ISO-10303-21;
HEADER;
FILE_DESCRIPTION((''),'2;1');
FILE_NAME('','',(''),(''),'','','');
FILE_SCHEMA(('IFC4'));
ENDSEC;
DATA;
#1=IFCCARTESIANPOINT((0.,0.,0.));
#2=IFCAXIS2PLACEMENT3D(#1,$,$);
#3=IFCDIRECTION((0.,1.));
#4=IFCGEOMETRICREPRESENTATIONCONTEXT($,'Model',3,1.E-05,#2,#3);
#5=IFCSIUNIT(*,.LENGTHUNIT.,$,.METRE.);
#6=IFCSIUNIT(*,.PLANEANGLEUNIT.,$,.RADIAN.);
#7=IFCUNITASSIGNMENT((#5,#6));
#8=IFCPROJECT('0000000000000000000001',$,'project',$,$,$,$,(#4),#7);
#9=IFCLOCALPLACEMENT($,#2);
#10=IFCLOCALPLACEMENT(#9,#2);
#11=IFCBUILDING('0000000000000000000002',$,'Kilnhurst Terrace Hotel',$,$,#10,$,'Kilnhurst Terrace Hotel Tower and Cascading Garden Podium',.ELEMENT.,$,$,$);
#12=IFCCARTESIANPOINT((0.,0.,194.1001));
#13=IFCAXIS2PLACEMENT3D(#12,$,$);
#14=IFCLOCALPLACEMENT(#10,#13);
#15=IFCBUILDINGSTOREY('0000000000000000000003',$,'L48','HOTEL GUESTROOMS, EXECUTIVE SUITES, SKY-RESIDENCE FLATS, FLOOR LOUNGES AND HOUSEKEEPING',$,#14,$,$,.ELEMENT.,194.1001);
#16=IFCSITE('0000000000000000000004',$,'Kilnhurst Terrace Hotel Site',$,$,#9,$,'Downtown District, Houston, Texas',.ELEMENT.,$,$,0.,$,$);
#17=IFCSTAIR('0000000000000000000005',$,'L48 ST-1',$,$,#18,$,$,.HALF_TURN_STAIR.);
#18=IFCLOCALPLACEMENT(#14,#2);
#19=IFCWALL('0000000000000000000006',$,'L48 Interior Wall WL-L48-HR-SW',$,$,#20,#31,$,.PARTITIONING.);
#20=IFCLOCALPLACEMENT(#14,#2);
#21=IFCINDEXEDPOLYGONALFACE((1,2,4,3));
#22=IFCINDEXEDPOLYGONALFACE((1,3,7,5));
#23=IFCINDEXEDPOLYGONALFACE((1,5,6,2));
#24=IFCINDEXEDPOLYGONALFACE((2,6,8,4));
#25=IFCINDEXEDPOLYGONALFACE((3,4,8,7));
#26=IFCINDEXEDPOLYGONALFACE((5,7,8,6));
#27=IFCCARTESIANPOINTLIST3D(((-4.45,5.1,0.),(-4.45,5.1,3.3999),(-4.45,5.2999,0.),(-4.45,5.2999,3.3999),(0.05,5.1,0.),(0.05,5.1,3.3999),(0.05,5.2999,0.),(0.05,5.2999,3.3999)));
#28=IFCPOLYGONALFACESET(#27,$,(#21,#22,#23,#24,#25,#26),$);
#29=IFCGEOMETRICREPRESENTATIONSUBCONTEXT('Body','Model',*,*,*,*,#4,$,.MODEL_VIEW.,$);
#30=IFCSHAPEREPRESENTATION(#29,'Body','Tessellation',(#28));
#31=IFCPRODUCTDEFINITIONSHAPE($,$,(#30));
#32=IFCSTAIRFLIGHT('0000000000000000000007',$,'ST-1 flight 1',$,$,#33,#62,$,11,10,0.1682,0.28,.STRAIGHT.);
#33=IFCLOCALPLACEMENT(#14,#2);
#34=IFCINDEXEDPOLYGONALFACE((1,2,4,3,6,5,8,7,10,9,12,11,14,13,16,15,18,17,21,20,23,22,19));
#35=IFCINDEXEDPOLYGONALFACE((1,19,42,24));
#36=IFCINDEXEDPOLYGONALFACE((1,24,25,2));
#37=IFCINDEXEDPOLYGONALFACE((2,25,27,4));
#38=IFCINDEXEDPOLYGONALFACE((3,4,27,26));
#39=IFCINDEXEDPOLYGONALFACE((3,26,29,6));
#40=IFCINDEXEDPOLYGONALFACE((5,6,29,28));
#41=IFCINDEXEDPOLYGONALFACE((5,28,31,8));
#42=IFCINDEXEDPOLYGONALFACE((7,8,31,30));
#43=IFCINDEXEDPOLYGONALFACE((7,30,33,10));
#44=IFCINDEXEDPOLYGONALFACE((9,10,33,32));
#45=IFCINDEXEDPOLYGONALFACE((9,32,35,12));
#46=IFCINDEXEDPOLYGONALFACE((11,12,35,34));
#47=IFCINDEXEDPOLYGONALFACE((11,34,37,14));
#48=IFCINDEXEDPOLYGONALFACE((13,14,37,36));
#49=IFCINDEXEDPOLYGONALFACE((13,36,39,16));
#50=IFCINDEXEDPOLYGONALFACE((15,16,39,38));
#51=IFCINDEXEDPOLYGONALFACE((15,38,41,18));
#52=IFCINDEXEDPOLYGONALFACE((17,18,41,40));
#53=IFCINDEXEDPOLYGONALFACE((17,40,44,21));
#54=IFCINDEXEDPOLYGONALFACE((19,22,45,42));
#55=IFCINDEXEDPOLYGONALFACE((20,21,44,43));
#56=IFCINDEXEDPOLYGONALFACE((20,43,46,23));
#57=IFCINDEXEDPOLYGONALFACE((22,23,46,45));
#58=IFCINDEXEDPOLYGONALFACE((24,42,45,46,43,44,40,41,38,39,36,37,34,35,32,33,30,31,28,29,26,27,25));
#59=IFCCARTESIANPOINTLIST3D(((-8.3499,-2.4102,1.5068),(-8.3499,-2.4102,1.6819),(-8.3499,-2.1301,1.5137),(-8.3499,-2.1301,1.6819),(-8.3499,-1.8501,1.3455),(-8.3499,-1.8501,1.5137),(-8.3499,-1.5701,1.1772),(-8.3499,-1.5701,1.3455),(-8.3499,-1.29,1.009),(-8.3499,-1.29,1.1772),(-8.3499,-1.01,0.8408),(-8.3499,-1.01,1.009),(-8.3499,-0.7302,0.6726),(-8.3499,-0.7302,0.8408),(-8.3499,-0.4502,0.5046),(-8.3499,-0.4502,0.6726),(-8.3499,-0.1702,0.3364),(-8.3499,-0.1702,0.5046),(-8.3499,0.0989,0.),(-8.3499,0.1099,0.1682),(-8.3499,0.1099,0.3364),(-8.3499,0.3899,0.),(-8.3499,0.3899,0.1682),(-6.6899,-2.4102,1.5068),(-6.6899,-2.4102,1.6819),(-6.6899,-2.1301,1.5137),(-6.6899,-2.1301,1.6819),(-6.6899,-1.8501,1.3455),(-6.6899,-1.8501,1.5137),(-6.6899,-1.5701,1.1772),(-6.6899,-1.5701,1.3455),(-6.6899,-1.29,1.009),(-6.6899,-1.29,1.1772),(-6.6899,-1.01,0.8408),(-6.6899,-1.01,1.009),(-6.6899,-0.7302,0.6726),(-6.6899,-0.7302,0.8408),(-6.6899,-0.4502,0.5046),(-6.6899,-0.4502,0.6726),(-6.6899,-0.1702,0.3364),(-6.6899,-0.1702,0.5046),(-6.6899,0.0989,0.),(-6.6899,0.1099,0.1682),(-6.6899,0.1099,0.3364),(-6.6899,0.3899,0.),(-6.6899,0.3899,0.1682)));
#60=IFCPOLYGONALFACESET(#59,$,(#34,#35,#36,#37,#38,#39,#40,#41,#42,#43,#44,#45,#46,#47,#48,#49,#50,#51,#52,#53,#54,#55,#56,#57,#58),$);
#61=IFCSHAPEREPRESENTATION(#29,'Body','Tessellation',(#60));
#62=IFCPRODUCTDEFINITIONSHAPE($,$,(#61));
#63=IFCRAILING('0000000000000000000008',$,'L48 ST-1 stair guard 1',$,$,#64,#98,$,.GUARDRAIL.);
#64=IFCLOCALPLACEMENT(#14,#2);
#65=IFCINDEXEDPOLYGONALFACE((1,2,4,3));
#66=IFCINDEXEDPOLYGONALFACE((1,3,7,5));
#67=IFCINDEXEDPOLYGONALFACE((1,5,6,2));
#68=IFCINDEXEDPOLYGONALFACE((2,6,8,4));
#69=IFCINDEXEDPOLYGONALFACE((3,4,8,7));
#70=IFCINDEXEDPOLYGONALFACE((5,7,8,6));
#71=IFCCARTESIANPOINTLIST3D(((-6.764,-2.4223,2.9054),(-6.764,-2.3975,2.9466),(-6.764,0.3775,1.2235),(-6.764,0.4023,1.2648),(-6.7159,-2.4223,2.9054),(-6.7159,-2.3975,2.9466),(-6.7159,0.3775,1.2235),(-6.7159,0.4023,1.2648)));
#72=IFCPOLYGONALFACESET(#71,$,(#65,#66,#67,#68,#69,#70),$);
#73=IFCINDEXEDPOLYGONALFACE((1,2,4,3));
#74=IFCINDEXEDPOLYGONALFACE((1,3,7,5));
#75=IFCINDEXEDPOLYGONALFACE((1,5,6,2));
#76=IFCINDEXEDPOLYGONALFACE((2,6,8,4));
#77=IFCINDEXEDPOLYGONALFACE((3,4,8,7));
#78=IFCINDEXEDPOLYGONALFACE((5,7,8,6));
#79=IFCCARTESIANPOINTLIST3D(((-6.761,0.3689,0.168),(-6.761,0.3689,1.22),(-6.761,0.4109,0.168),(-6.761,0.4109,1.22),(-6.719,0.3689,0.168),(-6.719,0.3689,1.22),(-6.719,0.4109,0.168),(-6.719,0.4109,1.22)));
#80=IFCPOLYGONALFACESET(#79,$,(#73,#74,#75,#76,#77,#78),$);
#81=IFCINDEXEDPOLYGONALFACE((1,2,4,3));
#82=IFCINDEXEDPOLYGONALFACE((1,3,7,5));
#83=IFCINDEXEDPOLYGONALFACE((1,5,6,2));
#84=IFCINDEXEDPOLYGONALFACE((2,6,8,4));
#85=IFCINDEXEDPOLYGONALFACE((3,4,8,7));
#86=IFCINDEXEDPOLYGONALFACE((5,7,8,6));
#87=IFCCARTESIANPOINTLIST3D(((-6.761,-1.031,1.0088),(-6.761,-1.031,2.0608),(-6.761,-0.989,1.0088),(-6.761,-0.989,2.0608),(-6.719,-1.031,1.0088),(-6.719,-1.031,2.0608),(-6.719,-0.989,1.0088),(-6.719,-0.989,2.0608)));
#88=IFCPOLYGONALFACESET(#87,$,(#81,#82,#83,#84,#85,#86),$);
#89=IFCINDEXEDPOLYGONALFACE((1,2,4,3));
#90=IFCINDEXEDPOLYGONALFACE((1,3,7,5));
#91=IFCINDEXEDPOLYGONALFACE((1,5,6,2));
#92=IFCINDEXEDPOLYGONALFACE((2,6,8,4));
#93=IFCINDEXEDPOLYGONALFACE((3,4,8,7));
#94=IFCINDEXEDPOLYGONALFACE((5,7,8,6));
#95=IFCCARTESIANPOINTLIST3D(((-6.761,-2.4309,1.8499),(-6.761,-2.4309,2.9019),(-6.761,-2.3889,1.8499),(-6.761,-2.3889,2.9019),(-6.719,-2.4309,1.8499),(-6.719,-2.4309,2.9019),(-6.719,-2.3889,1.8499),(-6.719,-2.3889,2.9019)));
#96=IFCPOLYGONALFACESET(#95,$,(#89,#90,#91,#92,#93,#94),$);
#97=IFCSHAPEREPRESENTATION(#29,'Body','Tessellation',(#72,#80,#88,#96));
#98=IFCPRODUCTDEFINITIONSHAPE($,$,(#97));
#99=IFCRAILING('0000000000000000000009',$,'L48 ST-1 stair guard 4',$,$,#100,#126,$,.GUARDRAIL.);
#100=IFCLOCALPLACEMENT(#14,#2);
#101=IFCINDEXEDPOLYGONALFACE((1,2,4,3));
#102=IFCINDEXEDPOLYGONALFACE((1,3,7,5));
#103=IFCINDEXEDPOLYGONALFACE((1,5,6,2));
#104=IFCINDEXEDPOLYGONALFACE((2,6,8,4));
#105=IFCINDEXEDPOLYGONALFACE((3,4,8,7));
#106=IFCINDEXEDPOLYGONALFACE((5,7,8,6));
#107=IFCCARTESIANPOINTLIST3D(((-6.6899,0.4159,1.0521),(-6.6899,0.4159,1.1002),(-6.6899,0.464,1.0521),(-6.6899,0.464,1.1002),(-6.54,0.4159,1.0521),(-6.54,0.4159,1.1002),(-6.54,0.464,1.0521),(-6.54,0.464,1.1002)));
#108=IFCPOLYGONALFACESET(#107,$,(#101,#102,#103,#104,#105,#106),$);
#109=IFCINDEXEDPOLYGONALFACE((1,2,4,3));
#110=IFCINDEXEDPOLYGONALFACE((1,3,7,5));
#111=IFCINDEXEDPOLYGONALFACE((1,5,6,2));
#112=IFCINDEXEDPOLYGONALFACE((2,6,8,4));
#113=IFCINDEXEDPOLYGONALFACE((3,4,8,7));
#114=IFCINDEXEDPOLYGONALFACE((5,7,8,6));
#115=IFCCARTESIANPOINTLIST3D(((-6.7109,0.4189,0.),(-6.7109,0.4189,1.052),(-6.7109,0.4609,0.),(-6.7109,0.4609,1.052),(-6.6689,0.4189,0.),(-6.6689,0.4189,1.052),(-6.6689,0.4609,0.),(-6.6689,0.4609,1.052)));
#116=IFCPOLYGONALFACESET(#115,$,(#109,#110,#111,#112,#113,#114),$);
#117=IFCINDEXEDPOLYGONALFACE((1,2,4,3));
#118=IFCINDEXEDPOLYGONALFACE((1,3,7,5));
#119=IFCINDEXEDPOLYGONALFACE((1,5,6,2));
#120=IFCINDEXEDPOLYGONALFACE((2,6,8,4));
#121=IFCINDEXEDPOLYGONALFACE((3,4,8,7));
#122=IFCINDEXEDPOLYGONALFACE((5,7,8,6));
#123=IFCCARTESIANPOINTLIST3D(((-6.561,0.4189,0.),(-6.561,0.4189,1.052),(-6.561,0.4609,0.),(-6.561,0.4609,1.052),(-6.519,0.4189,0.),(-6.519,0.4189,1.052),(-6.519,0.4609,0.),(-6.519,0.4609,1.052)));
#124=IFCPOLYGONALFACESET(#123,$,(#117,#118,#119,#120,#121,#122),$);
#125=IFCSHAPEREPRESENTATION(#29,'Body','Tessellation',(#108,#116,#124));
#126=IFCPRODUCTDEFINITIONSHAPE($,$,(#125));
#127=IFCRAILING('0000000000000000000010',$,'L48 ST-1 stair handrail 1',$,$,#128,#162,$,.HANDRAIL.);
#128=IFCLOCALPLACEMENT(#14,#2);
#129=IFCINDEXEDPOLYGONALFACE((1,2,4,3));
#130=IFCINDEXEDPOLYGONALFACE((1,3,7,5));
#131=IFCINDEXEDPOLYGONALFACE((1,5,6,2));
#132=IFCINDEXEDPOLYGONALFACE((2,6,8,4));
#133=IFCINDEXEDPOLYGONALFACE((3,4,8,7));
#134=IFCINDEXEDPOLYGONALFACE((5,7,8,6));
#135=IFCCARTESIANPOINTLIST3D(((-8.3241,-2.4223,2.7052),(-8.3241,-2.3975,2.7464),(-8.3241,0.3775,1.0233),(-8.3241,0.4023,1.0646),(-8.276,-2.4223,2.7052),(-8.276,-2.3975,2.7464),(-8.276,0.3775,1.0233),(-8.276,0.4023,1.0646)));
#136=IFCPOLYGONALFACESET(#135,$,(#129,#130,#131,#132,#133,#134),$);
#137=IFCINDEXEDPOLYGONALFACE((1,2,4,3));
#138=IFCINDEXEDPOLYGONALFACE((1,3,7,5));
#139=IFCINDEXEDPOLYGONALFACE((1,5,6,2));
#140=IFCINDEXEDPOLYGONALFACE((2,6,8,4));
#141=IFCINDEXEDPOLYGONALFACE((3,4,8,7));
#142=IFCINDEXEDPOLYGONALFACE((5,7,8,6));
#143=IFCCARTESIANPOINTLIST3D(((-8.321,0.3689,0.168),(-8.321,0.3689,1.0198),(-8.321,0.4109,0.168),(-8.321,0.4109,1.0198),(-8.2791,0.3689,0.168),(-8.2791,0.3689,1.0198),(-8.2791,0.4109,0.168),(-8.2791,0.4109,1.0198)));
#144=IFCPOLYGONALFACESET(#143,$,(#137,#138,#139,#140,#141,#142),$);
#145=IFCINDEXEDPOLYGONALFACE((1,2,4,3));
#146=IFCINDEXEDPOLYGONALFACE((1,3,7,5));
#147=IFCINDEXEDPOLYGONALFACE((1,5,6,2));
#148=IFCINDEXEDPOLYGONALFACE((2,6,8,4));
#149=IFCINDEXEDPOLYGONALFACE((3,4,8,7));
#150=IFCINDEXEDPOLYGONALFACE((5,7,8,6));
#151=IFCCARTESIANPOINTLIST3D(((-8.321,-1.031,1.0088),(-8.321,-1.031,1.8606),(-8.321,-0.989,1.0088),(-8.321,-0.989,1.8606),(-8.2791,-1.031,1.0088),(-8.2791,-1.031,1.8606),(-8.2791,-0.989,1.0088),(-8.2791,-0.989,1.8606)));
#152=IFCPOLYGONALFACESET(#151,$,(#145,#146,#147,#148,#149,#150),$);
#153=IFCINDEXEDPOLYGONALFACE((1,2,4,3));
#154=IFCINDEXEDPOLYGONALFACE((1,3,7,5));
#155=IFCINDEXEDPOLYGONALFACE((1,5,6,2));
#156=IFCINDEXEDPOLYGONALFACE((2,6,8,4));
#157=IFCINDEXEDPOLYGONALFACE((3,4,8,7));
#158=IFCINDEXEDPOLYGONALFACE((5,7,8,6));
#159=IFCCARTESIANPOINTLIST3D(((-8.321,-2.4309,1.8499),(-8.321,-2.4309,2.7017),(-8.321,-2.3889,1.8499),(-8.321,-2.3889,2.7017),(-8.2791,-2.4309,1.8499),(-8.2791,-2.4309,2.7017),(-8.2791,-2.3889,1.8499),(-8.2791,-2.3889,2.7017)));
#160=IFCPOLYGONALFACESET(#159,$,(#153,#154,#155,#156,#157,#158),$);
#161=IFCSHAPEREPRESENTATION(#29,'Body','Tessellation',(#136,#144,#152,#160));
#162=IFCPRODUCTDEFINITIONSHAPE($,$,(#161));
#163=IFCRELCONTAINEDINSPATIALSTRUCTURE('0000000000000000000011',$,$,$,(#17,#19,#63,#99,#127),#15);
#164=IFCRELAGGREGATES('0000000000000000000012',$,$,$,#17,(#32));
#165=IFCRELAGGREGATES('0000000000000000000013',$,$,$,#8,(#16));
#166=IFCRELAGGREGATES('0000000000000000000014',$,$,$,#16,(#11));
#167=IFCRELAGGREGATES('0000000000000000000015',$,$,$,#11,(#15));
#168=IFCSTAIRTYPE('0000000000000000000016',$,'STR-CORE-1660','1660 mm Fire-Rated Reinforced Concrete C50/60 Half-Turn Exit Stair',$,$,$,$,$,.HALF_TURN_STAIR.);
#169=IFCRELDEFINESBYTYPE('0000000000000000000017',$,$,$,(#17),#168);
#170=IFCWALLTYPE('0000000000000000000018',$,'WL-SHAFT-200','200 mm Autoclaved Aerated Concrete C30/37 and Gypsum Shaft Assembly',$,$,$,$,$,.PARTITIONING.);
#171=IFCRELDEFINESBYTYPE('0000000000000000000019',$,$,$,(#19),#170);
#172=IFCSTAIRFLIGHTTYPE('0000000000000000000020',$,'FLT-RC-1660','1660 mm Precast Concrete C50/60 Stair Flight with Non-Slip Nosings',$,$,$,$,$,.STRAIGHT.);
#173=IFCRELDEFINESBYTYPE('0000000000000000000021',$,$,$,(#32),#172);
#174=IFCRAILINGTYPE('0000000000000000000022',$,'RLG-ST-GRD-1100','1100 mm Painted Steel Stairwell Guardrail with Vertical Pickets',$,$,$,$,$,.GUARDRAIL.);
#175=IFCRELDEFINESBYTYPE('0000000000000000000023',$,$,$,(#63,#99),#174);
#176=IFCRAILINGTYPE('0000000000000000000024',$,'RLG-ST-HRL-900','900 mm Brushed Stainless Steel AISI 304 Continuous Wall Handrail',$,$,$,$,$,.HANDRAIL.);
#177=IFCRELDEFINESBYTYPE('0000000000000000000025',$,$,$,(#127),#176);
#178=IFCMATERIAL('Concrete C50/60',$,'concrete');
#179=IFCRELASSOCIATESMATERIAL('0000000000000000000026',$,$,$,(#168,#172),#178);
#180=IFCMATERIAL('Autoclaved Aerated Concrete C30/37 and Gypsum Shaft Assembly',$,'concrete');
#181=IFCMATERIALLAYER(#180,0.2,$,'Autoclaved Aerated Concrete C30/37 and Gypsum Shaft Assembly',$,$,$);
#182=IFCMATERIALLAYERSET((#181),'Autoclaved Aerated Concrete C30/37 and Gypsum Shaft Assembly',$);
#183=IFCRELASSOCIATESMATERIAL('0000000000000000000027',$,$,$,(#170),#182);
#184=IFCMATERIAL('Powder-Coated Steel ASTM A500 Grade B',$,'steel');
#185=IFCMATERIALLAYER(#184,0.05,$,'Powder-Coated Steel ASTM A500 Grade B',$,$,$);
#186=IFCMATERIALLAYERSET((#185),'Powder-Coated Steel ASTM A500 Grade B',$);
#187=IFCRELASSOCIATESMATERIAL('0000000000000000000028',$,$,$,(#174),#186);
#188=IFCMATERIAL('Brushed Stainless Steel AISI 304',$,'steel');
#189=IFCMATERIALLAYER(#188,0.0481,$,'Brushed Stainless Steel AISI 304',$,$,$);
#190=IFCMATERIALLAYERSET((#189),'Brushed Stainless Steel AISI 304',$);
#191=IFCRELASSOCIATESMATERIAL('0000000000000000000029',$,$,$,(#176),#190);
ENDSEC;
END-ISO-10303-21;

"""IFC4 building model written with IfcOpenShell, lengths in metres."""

from ifc_helpers import new_model, si_unit, direction, frame, frame_2d, origin, origin_2d, place, context, subcontext, project, spatial, polyline, rectangle, outline, extrude, material, layer, layer_set, type_object, element, aggregate, save


model = new_model("IFC4")

# Units and contexts
model_context = context("Model", 3, precision=1e-05, world=origin(), true_north=direction((0.0, 1.0)))
body_context = subcontext(model_context, "Body", "Model", "MODEL_VIEW")
ifc_project = project(units=[si_unit("LENGTHUNIT", "METRE"), si_unit("PLANEANGLEUNIT", "RADIAN")], contexts=[model_context])

# Site, building, storey
site_placement = place(None, origin())
site = spatial("IfcSite", under=ifc_project, at=site_placement, Name="Kilnhurst Terrace Hotel Site", LongName="Downtown District, Houston, Texas", CompositionType="ELEMENT", RefElevation=0.0)
building_placement = place(site_placement, origin())
building = spatial("IfcBuilding", under=site, at=building_placement, Name="Kilnhurst Terrace Hotel", LongName="Kilnhurst Terrace Hotel Tower and Cascading Garden Podium", CompositionType="ELEMENT")
storey_placement = place(building_placement, frame((0.0, 0.0, 194.1001)))
storey = spatial("IfcBuildingStorey", under=building, at=storey_placement, Name="L48", Description="HOTEL GUESTROOMS, EXECUTIVE SUITES, SKY-RESIDENCE FLATS, FLOOR LOUNGES AND HOUSEKEEPING", CompositionType="ELEMENT", Elevation=194.1001)

# Shared definitions
ifc_material_1 = material(Name="Concrete C50/60", Category="concrete")

# Stair
stair_type = type_object("IfcStairType", Name="STR-CORE-1660", Description="1660 mm Fire-Rated Reinforced Concrete C50/60 Half-Turn Exit Stair", PredefinedType="HALF_TURN_STAIR", material=ifc_material_1)
stair_1_placement = place(storey_placement, origin())
stair_1 = element("IfcStair", 1, at=stair_1_placement, inside=storey, type_object=stair_type, Name="L48 ST-1", PredefinedType="HALF_TURN_STAIR")

# Shared definitions
ifc_material_2 = material(Name="Autoclaved Aerated Concrete C30/37 and Gypsum Shaft Assembly", Category="concrete")
ifc_layer_1 = layer(ifc_material_2, 0.2, Name="Autoclaved Aerated Concrete C30/37 and Gypsum Shaft Assembly")
ifc_layer_set_1 = layer_set([ifc_layer_1], Name="Autoclaved Aerated Concrete C30/37 and Gypsum Shaft Assembly")
wall_type_1 = type_object("IfcWallType", Name="WL-SHAFT-200", Description="200 mm Autoclaved Aerated Concrete C30/37 and Gypsum Shaft Assembly", PredefinedType="PARTITIONING", material=ifc_layer_set_1)

# Wall
wall_1_placement = place(storey_placement, frame((-4.45, 5.2, 0.0), z_axis=(0.0, 0.0, 1.0), x_axis=(1.0, 0.0, 0.0)))
element("IfcWall", 2, at=wall_1_placement, inside=storey, type_object=wall_type_1, Name="L48 Interior Wall WL-L48-HR-SW", PredefinedType="PARTITIONING", context=body_context, shape_type="SweptSolid", body=[
    extrude(rectangle(XDim=4.5, YDim=0.2, at=frame_2d((2.25, 0.0))), origin(), (0.0, 0.0, 1.0), 3.3999),
])

# Stair flight
stair_flight_type = type_object("IfcStairFlightType", Name="FLT-RC-1660", Description="1660 mm Precast Concrete C50/60 Stair Flight with Non-Slip Nosings", PredefinedType="STRAIGHT", material=ifc_material_1)
stair_flight_placement = place(storey_placement, frame((-7.52, 0.3899, 0.0), z_axis=(0.0, 0.0, 1.0), x_axis=(0.0, -1.0, 0.0)))
stair_flight = element("IfcStairFlight", 3, at=stair_flight_placement, type_object=stair_flight_type, Name="ST-1 flight 1", NumberOfRisers=11, NumberOfTreads=10, PredefinedType="STRAIGHT", RiserHeight=0.1682, TreadLength=0.28, context=body_context, shape_type="SweptSolid", body=[
    extrude(outline(polyline([(0.0, 0.0), (0.0, 0.1682), (0.28, 0.1682), (0.28, 0.3364), (0.5601, 0.3364), (0.5601, 0.5046), (0.8401, 0.5046), (0.8401, 0.6726), (1.1201, 0.6726), (1.1201, 0.8408), (1.3999, 0.8408), (1.3999, 1.009), (1.6799, 1.009), (1.6799, 1.1772), (1.96, 1.1772), (1.96, 1.3455), (2.24, 1.3455), (2.24, 1.5137), (2.52, 1.5137), (2.52, 1.6819), (2.8, 1.6819), (2.8, 1.8501), (2.8, 1.5068), (0.291, 0.0), (0.0, 0.0)])), frame((0.0, 0.8301, 0.0), z_axis=(0.0, -1.0, 0.0), x_axis=(1.0, 0.0, 0.0)), (0.0, 0.0, 1.0), 1.6599),
])
aggregate(stair_1, [stair_flight])

# Railings
ifc_material_3 = material(Name="Powder-Coated Steel ASTM A500 Grade B", Category="steel")
ifc_layer_2 = layer(ifc_material_3, 0.05, Name="Powder-Coated Steel ASTM A500 Grade B")
ifc_layer_set_2 = layer_set([ifc_layer_2], Name="Powder-Coated Steel ASTM A500 Grade B")
railing_type_1 = type_object("IfcRailingType", Name="RLG-ST-GRD-1100", Description="1100 mm Painted Steel Stairwell Guardrail with Vertical Pickets", PredefinedType="GUARDRAIL", material=ifc_layer_set_2)
railing_1_placement = place(storey_placement, frame((-6.74, 0.3899, 0.168)))
element("IfcRailing", 4, at=railing_1_placement, inside=storey, type_object=railing_type_1, Name="L48 ST-1 stair guard 1", PredefinedType="GUARDRAIL", context=body_context, shape_type="SweptSolid", body=[
    extrude(rectangle(XDim=0.0481, YDim=0.0481, at=origin_2d()), frame((0.0, 0.0, 1.0762), z_axis=(0.0, -0.857222, 0.514946), x_axis=(1.0, 0.0, 0.0)), (0.0, 0.0, 1.0), 3.2661),
    extrude(rectangle(XDim=0.042, YDim=0.042, at=origin_2d()), origin(), (0.0, 0.0, 1.0), 1.052),
    extrude(rectangle(XDim=0.042, YDim=0.042, at=origin_2d()), frame((0.0, -1.3999, 0.8408)), (0.0, 0.0, 1.0), 1.052),
    extrude(rectangle(XDim=0.042, YDim=0.042, at=origin_2d()), frame((0.0, -2.7998, 1.6819)), (0.0, 0.0, 1.0), 1.052),
])
railing_2_placement = place(storey_placement, frame((-6.6899, 0.4399, 0.0)))
element("IfcRailing", 5, at=railing_2_placement, inside=storey, type_object=railing_type_1, Name="L48 ST-1 stair guard 4", PredefinedType="GUARDRAIL", context=body_context, shape_type="SweptSolid", body=[
    extrude(rectangle(XDim=0.0481, YDim=0.0481, at=origin_2d()), frame((0.0, 0.0, 1.0762), z_axis=(1.0, 0.0, 0.0), x_axis=(0.0, 1.0, 0.0)), (0.0, 0.0, 1.0), 0.1499),
    extrude(rectangle(XDim=0.042, YDim=0.042, at=origin_2d()), origin(), (0.0, 0.0, 1.0), 1.052),
    extrude(rectangle(XDim=0.042, YDim=0.042, at=origin_2d()), frame((0.1499, 0.0, 0.0)), (0.0, 0.0, 1.0), 1.052),
])
ifc_material_4 = material(Name="Brushed Stainless Steel AISI 304", Category="steel")
ifc_layer_3 = layer(ifc_material_4, 0.0481, Name="Brushed Stainless Steel AISI 304")
ifc_layer_set_3 = layer_set([ifc_layer_3], Name="Brushed Stainless Steel AISI 304")
railing_type_2 = type_object("IfcRailingType", Name="RLG-ST-HRL-900", Description="900 mm Brushed Stainless Steel AISI 304 Continuous Wall Handrail", PredefinedType="HANDRAIL", material=ifc_layer_set_3)
railing_3_placement = place(storey_placement, frame((-8.3, 0.3899, 0.168)))
element("IfcRailing", 6, at=railing_3_placement, inside=storey, type_object=railing_type_2, Name="L48 ST-1 stair handrail 1", PredefinedType="HANDRAIL", context=body_context, shape_type="SweptSolid", body=[
    extrude(rectangle(XDim=0.0481, YDim=0.0481, at=origin_2d()), frame((0.0, 0.0, 0.876), z_axis=(0.0, -0.857222, 0.514946), x_axis=(1.0, 0.0, 0.0)), (0.0, 0.0, 1.0), 3.2661),
    extrude(rectangle(XDim=0.042, YDim=0.042, at=origin_2d()), origin(), (0.0, 0.0, 1.0), 0.8518),
    extrude(rectangle(XDim=0.042, YDim=0.042, at=origin_2d()), frame((0.0, -1.3999, 0.8408)), (0.0, 0.0, 1.0), 0.8518),
    extrude(rectangle(XDim=0.042, YDim=0.042, at=origin_2d()), frame((0.0, -2.7998, 1.6819)), (0.0, 0.0, 1.0), 0.8518),
])

save(model, "model.ifc")
